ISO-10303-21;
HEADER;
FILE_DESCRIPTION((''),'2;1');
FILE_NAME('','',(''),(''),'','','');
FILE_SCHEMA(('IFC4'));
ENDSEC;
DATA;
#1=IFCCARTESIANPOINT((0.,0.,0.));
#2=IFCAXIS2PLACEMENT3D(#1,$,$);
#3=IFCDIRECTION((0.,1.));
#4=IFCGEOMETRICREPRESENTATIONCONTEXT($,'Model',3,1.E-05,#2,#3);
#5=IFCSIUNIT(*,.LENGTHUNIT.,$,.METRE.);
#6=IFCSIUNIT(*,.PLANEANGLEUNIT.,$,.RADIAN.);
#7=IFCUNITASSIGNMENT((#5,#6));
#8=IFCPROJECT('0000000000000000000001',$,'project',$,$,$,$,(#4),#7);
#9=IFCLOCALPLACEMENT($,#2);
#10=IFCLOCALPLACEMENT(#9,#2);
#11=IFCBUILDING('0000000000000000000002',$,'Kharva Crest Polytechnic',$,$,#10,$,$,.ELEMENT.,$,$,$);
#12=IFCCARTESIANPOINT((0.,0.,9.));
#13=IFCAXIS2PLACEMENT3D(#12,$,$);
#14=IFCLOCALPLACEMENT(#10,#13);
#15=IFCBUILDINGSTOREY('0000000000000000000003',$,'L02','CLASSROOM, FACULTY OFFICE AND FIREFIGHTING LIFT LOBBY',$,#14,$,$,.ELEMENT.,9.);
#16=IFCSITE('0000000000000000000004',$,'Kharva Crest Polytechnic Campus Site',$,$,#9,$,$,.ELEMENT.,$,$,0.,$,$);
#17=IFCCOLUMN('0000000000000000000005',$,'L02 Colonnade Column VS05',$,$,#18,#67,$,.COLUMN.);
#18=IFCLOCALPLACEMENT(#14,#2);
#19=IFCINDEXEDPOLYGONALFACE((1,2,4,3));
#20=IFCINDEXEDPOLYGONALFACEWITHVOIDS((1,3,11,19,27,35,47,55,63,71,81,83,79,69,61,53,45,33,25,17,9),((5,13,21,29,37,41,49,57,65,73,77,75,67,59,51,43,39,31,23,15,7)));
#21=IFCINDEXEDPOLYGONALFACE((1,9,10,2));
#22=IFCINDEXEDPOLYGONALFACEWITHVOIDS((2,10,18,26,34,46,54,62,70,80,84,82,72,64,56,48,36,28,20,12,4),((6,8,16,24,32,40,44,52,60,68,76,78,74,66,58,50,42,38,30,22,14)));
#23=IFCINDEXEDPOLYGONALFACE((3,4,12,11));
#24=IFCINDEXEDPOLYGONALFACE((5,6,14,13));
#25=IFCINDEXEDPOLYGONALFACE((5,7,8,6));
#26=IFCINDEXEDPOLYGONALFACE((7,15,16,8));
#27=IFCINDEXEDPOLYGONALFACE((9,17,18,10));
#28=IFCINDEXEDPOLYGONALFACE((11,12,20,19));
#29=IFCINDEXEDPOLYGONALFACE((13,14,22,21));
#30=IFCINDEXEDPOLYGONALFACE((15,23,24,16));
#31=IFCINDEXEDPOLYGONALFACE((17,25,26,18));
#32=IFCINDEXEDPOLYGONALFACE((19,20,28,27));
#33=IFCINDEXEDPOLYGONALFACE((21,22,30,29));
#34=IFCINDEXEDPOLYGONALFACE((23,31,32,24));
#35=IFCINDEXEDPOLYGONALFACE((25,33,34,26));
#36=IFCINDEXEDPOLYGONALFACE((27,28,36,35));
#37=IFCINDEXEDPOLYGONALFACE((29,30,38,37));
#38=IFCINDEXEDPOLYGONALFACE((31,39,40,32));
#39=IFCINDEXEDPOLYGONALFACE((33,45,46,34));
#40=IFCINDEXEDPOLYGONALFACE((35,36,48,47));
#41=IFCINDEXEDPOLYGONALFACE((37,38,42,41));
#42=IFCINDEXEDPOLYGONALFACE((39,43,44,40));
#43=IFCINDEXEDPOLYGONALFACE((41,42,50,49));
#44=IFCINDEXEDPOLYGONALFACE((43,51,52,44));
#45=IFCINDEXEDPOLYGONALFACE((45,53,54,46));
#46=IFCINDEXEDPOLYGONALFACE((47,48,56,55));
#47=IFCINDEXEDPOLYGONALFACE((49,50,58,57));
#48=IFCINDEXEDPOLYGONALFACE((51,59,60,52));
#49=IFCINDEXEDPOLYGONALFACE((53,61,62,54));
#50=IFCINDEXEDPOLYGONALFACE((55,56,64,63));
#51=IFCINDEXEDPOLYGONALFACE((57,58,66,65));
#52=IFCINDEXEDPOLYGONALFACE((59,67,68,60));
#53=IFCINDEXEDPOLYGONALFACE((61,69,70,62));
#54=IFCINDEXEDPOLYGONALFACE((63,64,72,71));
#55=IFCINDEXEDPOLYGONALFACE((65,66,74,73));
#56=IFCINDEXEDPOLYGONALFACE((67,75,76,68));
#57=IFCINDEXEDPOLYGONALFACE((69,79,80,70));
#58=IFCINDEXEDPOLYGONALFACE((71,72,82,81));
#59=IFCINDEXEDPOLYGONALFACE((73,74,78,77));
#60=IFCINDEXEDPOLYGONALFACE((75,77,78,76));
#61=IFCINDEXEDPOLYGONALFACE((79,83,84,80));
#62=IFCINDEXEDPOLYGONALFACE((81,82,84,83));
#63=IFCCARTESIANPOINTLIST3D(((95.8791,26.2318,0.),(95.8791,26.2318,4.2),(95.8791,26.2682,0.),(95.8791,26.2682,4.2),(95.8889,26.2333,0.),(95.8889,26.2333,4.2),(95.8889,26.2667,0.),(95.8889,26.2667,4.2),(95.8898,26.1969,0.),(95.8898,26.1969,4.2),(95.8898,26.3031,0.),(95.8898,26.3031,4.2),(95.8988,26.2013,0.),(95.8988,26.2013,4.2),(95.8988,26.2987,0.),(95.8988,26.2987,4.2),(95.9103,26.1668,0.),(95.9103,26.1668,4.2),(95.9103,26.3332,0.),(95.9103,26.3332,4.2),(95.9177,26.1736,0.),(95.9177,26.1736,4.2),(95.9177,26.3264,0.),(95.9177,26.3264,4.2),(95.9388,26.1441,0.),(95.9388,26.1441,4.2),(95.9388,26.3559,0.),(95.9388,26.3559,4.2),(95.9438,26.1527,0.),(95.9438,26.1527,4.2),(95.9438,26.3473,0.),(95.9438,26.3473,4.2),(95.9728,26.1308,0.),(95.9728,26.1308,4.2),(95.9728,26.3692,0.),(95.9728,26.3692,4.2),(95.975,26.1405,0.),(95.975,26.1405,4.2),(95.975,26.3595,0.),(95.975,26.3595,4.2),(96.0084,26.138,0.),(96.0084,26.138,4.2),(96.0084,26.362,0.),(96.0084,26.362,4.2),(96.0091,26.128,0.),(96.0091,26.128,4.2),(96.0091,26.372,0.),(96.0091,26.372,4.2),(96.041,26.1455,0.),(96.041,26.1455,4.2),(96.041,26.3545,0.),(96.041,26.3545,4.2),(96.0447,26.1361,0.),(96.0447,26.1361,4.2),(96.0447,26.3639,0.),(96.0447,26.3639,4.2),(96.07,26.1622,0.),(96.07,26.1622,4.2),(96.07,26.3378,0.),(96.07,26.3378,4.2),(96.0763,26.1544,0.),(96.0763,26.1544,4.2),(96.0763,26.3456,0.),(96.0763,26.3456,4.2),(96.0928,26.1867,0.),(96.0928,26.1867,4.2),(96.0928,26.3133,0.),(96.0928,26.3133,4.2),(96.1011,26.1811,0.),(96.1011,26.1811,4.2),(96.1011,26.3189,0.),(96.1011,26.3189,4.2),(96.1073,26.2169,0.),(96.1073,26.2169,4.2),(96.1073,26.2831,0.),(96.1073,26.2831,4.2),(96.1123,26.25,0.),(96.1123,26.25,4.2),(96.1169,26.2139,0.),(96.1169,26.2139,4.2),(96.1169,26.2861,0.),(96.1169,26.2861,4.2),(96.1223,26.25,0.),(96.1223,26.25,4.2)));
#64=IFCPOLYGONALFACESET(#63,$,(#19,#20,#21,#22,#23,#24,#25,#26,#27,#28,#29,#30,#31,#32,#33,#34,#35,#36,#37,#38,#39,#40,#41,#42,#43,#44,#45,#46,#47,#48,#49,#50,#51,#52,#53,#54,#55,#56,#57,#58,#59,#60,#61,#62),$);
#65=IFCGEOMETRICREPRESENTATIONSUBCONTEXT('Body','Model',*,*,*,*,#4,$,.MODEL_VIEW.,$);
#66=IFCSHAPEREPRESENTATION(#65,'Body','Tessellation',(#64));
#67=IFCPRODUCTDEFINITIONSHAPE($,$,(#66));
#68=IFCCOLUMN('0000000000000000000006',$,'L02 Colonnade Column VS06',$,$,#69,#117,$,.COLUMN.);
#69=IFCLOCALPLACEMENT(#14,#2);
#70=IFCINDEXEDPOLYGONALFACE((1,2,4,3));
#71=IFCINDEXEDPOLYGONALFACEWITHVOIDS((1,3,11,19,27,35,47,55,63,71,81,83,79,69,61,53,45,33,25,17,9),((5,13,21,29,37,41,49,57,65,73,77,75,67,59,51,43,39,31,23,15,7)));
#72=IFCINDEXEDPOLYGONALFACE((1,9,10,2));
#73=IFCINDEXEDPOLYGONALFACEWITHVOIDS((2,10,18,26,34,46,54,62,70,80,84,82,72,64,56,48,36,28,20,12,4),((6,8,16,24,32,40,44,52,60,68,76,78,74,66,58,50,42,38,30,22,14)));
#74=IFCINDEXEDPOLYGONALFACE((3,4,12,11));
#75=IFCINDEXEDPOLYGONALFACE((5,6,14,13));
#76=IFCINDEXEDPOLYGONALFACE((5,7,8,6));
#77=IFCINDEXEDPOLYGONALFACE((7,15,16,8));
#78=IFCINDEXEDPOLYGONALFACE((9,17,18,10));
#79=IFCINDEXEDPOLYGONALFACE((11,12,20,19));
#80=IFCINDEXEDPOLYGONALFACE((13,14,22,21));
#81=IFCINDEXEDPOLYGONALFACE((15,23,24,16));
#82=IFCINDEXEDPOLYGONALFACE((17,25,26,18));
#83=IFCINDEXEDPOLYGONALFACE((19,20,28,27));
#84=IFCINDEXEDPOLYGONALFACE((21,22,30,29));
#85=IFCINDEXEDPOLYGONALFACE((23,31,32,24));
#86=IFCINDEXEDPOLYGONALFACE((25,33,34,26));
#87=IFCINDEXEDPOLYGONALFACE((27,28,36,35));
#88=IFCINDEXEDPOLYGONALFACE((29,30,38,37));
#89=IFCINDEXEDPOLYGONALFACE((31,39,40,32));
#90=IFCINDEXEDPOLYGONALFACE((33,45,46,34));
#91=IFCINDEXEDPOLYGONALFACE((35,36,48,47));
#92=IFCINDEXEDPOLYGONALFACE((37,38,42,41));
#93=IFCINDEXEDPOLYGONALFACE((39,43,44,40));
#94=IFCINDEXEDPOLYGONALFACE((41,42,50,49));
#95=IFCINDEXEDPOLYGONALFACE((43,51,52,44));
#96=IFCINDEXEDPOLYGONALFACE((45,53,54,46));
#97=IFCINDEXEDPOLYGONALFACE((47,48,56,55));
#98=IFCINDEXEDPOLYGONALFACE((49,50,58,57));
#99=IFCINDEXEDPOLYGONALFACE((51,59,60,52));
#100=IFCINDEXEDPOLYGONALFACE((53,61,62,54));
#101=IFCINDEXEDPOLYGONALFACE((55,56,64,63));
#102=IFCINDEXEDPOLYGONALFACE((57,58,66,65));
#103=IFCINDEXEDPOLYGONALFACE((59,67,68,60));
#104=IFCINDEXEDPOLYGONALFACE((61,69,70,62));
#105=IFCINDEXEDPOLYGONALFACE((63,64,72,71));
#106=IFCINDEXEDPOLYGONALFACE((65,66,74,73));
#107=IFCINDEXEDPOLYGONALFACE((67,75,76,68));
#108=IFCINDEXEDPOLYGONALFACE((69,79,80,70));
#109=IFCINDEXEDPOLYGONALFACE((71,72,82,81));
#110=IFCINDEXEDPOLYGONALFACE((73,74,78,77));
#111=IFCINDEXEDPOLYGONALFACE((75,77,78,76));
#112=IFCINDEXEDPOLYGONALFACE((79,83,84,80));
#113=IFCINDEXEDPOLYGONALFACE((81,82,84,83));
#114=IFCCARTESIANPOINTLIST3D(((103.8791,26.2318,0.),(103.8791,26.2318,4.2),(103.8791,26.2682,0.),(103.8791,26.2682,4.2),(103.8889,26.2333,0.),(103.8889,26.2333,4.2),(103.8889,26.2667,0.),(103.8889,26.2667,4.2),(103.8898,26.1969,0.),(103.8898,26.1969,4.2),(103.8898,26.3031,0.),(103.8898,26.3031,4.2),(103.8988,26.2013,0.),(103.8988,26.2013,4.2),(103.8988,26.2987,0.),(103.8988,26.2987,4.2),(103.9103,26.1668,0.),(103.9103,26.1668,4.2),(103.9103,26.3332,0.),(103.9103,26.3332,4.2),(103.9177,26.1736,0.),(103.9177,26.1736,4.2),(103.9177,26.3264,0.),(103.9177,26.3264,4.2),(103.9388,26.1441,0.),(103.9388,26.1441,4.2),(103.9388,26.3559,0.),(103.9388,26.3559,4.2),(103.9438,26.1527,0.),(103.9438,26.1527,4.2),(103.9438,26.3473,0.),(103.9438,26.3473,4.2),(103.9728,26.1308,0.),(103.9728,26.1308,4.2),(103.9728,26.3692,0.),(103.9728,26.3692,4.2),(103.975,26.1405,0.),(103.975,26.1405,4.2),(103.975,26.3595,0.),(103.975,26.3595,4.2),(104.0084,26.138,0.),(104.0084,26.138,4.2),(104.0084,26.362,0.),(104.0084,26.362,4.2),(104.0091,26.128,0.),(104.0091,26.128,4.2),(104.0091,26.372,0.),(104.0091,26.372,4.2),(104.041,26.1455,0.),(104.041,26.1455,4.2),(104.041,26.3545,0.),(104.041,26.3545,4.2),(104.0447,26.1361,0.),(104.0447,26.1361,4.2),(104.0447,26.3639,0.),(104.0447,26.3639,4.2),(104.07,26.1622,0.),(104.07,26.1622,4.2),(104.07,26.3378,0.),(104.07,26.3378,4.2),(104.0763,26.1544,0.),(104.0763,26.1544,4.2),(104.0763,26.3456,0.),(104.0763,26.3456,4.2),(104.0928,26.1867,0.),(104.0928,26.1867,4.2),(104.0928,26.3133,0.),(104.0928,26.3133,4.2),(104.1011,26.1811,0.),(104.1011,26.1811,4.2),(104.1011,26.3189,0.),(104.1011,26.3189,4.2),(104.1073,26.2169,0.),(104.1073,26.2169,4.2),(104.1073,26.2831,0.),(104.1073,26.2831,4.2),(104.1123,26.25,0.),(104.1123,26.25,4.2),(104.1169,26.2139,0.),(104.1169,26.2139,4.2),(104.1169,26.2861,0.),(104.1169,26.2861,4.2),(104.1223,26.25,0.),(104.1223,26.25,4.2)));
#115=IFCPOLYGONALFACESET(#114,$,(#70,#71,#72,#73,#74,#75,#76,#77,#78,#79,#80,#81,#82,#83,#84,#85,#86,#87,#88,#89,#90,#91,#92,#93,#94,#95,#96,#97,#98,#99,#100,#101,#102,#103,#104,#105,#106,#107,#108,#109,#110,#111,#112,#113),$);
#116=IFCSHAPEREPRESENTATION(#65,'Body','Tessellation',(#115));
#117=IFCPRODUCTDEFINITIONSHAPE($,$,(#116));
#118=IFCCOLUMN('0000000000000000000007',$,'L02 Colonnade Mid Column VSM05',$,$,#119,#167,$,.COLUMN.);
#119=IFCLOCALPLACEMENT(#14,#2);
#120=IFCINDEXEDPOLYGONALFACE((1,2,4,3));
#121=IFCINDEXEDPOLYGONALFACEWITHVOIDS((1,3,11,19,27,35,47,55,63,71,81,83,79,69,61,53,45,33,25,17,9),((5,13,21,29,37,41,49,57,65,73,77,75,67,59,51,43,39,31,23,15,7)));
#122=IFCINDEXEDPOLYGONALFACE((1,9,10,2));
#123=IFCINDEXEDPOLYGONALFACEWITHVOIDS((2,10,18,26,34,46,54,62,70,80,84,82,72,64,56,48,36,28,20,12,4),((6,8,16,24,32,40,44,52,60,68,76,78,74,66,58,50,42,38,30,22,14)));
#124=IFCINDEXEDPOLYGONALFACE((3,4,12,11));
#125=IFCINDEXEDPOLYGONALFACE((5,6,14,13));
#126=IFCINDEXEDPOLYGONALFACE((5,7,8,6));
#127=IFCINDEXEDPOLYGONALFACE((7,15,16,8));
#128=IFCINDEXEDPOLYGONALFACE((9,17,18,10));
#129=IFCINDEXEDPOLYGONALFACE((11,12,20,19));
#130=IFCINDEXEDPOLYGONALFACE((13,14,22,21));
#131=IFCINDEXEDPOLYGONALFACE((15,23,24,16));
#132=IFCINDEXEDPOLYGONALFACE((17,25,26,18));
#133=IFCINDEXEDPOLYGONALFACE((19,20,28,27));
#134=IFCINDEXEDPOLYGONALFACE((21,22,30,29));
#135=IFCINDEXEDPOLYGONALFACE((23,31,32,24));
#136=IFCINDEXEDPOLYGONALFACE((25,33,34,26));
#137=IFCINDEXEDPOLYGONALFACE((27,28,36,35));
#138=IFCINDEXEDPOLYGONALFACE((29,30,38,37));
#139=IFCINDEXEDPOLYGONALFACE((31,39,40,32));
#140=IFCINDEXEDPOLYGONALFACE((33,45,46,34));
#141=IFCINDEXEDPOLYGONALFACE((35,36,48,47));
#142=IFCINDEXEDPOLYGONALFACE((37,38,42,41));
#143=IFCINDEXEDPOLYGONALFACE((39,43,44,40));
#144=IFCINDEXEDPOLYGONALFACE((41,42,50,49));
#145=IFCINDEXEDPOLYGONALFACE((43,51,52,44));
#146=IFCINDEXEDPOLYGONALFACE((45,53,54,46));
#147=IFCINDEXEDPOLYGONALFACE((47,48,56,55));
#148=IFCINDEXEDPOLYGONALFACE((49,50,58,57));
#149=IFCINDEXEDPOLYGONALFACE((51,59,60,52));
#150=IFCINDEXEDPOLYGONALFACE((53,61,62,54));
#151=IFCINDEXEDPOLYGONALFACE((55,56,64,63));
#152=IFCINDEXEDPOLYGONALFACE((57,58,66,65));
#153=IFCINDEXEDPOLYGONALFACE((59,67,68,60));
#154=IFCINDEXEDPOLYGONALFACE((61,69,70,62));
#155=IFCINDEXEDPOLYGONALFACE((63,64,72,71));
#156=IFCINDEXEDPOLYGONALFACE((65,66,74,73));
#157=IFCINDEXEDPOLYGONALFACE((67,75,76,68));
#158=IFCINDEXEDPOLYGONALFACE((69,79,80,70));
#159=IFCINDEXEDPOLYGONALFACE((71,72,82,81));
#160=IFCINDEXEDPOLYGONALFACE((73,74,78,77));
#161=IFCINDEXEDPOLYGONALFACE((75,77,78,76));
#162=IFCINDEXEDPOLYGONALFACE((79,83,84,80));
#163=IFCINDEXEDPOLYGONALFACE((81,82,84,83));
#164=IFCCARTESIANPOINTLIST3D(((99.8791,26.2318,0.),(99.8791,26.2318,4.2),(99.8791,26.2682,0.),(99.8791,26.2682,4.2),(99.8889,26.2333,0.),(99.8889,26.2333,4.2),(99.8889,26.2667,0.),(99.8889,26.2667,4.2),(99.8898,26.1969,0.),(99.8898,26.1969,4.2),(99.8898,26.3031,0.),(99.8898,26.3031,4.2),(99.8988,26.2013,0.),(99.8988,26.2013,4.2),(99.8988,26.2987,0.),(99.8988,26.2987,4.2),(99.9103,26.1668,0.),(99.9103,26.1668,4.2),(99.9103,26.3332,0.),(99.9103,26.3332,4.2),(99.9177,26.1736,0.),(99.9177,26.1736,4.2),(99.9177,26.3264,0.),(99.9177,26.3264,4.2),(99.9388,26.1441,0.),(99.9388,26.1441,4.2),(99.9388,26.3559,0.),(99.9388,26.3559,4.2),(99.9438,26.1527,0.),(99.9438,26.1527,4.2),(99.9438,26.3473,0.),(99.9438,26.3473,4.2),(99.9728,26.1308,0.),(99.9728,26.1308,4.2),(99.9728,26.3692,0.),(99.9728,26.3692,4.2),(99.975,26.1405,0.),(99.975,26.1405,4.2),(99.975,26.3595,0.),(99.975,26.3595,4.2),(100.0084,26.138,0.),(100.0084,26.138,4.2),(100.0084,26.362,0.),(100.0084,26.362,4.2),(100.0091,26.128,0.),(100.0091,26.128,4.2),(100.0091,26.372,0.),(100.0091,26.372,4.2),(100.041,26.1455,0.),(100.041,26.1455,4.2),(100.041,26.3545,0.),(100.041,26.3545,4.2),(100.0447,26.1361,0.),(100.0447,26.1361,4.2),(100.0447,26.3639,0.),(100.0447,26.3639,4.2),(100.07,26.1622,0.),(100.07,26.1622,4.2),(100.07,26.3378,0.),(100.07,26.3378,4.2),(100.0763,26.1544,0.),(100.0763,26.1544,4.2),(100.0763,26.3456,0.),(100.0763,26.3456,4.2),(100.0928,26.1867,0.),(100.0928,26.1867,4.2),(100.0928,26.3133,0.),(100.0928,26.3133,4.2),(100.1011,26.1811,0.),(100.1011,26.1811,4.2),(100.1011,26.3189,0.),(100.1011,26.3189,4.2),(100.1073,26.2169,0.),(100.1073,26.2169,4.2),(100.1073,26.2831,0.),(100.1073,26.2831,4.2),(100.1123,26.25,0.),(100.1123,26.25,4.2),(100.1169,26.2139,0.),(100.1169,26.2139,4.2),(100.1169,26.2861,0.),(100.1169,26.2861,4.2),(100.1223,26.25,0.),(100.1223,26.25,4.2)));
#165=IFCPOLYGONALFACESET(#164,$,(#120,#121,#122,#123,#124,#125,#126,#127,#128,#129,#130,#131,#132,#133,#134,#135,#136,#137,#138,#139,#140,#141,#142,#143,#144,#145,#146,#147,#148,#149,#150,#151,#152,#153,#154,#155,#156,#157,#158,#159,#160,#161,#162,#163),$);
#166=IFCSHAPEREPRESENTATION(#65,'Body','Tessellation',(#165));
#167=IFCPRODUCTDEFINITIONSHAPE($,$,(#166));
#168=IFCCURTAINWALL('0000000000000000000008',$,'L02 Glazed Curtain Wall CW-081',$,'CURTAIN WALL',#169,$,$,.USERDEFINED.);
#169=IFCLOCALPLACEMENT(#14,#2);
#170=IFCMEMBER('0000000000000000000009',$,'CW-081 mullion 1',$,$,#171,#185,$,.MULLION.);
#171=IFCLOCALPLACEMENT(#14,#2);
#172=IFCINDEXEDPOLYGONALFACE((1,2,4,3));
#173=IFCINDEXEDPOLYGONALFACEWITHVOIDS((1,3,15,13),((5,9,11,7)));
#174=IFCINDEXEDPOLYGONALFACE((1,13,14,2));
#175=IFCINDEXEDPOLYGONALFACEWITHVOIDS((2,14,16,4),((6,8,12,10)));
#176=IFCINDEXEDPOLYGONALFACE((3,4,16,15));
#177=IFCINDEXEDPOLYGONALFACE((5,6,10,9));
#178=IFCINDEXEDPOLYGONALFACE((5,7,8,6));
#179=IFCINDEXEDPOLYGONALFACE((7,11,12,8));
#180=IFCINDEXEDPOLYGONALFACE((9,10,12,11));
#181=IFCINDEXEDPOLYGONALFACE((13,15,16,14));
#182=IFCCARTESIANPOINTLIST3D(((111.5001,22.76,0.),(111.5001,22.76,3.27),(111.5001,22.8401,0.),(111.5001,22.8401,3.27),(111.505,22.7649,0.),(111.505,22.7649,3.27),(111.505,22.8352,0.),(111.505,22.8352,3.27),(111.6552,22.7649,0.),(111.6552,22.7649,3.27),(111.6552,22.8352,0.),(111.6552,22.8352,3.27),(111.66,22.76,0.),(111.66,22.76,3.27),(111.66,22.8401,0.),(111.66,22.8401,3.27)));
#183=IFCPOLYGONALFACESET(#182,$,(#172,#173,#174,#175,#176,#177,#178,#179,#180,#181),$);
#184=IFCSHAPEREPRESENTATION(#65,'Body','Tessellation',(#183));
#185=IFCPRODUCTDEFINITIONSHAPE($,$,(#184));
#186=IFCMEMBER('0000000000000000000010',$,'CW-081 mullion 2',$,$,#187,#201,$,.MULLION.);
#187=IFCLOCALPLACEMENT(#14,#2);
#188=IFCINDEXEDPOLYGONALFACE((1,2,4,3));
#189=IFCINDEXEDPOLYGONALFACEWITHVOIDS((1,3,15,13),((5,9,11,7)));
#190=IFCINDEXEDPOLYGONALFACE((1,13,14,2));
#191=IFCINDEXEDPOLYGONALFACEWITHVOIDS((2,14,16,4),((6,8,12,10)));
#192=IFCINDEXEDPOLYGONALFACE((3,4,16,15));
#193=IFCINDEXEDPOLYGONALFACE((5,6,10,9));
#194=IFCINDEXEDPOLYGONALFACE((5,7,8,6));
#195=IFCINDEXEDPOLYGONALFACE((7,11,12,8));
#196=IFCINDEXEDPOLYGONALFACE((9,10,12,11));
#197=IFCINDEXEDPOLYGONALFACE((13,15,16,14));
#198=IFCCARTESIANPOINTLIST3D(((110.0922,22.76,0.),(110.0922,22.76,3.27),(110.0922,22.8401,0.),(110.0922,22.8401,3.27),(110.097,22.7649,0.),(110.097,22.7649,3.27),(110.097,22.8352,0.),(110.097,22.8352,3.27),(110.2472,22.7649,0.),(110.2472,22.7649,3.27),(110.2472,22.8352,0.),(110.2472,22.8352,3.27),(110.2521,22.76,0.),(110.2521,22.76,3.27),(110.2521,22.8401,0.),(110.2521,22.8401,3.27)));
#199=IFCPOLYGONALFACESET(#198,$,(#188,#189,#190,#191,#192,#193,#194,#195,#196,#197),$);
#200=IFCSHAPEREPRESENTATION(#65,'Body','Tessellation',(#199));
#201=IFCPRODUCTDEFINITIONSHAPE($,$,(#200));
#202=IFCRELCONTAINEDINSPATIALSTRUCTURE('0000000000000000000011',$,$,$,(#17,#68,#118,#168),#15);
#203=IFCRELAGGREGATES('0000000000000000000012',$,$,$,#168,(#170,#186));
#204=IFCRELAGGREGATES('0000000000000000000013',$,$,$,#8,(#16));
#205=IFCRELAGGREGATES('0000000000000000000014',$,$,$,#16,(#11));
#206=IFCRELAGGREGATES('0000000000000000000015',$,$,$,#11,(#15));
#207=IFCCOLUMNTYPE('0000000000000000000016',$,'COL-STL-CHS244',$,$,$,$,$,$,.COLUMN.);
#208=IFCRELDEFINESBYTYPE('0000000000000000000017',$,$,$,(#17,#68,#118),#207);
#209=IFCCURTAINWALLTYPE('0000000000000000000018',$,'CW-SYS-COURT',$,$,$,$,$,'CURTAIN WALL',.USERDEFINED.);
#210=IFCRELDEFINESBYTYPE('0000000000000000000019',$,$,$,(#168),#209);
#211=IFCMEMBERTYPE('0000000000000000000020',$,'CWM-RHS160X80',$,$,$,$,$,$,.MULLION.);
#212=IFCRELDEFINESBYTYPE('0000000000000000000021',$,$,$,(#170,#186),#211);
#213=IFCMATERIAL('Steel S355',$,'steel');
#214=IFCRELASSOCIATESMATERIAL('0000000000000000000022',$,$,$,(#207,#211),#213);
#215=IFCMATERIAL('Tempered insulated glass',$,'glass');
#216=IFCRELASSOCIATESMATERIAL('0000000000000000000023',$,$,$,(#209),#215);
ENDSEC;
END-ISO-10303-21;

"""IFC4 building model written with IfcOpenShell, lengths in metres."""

from ifc_helpers import new_model, si_unit, direction, frame, origin, origin_2d, place, context, subcontext, project, spatial, hollow_rectangle, hollow_circle, extrude, material, material_profile, profile_set, type_object, element, aggregate, save


model = new_model("IFC4")

# Units and contexts
model_context = context("Model", 3, precision=1e-05, world=origin(), true_north=direction((0.0, 1.0)))
body_context = subcontext(model_context, "Body", "Model", "MODEL_VIEW")
ifc_project = project(units=[si_unit("LENGTHUNIT", "METRE"), si_unit("PLANEANGLEUNIT", "RADIAN")], contexts=[model_context])

# Site, building, storey
site_placement = place(None, origin())
site = spatial("IfcSite", under=ifc_project, at=site_placement, Name="Kharva Crest Polytechnic Campus Site", CompositionType="ELEMENT", RefElevation=0.0)
building_placement = place(site_placement, origin())
building = spatial("IfcBuilding", under=site, at=building_placement, Name="Kharva Crest Polytechnic", CompositionType="ELEMENT")
storey_placement = place(building_placement, frame((0.0, 0.0, 9.0)))
storey = spatial("IfcBuildingStorey", under=building, at=storey_placement, Name="L02", Description="CLASSROOM, FACULTY OFFICE AND FIREFIGHTING LIFT LOBBY", CompositionType="ELEMENT", Elevation=9.0)

# Columns
ifc_material_1 = material(Name="Steel S355", Category="steel")
ifc_material_profile_1 = material_profile(ifc_material_1, hollow_circle(Radius=0.1223, WallThickness=0.01, at=origin_2d()), Name="CHS 244.5X10.0")
ifc_profile_set_1 = profile_set([ifc_material_profile_1], Name="Steel S355")
column_type = type_object("IfcColumnType", Name="COL-STL-CHS244", PredefinedType="COLUMN", material=ifc_profile_set_1)
for number, where, z_axis, x_axis, name in (
    (1, (96.0, 26.25, 0.0), (0.0, 0.0, 1.0), (1.0, 0.0, 0.0), "L02 Colonnade Column VS05"),
    (2, (104.0, 26.25, 0.0), (0.0, 0.0, 1.0), (1.0, 0.0, 0.0), "L02 Colonnade Column VS06"),
    (3, (100.0, 26.25, 0.0), (0.0, 0.0, 1.0), (1.0, 0.0, 0.0), "L02 Colonnade Mid Column VSM05"),
):
    element("IfcColumn", number, at=place(storey_placement, frame(where, z_axis=z_axis, x_axis=x_axis)), inside=storey, type_object=column_type, Name=name, PredefinedType="COLUMN", context=body_context, shape_type="SweptSolid", body=[
        extrude(hollow_circle(Radius=0.1223, WallThickness=0.01, at=origin_2d()), origin(), (0.0, 0.0, 1.0), 4.2),
    ])

# Curtain wall, members
ifc_material_2 = material(Name="Tempered insulated glass", Category="glass")
curtain_wall_type = type_object("IfcCurtainWallType", Name="CW-SYS-COURT", ElementType="CURTAIN WALL", PredefinedType="USERDEFINED", material=ifc_material_2)
curtain_wall_placement = place(storey_placement, origin())
curtain_wall = element("IfcCurtainWall", 4, at=curtain_wall_placement, inside=storey, type_object=curtain_wall_type, Name="L02 Glazed Curtain Wall CW-081", ObjectType="CURTAIN WALL", PredefinedType="USERDEFINED")
ifc_material_profile_2 = material_profile(ifc_material_1, hollow_rectangle(XDim=0.0801, YDim=0.1599, WallThickness=0.0049, at=origin_2d()), Name="RHS 160X80X5.0")
ifc_profile_set_2 = profile_set([ifc_material_profile_2], Name="Steel S355")
member_type_1 = type_object("IfcMemberType", Name="CWM-RHS160X80", PredefinedType="MULLION", material=ifc_profile_set_2)
member_1_placement = place(storey_placement, frame((111.5801, 22.8, 0.0), z_axis=(0.0, 0.0, 1.0), x_axis=(0.0, -1.0, 0.0)))
member_1 = element("IfcMember", 5, at=member_1_placement, type_object=member_type_1, Name="CW-081 mullion 1", PredefinedType="MULLION", context=body_context, shape_type="SweptSolid", body=[
    extrude(hollow_rectangle(XDim=0.0801, YDim=0.1599, WallThickness=0.0049, at=origin_2d()), origin(), (0.0, 0.0, 1.0), 3.27),
])
member_2_placement = place(storey_placement, frame((110.1721, 22.8, 0.0), z_axis=(0.0, 0.0, 1.0), x_axis=(0.0, -1.0, 0.0)))
member_2 = element("IfcMember", 6, at=member_2_placement, type_object=member_type_1, Name="CW-081 mullion 2", PredefinedType="MULLION", context=body_context, shape_type="SweptSolid", body=[
    extrude(hollow_rectangle(XDim=0.0801, YDim=0.1599, WallThickness=0.0049, at=origin_2d()), origin(), (0.0, 0.0, 1.0), 3.27),
])
aggregate(curtain_wall, [member_1, member_2])

save(model, "model.ifc")
